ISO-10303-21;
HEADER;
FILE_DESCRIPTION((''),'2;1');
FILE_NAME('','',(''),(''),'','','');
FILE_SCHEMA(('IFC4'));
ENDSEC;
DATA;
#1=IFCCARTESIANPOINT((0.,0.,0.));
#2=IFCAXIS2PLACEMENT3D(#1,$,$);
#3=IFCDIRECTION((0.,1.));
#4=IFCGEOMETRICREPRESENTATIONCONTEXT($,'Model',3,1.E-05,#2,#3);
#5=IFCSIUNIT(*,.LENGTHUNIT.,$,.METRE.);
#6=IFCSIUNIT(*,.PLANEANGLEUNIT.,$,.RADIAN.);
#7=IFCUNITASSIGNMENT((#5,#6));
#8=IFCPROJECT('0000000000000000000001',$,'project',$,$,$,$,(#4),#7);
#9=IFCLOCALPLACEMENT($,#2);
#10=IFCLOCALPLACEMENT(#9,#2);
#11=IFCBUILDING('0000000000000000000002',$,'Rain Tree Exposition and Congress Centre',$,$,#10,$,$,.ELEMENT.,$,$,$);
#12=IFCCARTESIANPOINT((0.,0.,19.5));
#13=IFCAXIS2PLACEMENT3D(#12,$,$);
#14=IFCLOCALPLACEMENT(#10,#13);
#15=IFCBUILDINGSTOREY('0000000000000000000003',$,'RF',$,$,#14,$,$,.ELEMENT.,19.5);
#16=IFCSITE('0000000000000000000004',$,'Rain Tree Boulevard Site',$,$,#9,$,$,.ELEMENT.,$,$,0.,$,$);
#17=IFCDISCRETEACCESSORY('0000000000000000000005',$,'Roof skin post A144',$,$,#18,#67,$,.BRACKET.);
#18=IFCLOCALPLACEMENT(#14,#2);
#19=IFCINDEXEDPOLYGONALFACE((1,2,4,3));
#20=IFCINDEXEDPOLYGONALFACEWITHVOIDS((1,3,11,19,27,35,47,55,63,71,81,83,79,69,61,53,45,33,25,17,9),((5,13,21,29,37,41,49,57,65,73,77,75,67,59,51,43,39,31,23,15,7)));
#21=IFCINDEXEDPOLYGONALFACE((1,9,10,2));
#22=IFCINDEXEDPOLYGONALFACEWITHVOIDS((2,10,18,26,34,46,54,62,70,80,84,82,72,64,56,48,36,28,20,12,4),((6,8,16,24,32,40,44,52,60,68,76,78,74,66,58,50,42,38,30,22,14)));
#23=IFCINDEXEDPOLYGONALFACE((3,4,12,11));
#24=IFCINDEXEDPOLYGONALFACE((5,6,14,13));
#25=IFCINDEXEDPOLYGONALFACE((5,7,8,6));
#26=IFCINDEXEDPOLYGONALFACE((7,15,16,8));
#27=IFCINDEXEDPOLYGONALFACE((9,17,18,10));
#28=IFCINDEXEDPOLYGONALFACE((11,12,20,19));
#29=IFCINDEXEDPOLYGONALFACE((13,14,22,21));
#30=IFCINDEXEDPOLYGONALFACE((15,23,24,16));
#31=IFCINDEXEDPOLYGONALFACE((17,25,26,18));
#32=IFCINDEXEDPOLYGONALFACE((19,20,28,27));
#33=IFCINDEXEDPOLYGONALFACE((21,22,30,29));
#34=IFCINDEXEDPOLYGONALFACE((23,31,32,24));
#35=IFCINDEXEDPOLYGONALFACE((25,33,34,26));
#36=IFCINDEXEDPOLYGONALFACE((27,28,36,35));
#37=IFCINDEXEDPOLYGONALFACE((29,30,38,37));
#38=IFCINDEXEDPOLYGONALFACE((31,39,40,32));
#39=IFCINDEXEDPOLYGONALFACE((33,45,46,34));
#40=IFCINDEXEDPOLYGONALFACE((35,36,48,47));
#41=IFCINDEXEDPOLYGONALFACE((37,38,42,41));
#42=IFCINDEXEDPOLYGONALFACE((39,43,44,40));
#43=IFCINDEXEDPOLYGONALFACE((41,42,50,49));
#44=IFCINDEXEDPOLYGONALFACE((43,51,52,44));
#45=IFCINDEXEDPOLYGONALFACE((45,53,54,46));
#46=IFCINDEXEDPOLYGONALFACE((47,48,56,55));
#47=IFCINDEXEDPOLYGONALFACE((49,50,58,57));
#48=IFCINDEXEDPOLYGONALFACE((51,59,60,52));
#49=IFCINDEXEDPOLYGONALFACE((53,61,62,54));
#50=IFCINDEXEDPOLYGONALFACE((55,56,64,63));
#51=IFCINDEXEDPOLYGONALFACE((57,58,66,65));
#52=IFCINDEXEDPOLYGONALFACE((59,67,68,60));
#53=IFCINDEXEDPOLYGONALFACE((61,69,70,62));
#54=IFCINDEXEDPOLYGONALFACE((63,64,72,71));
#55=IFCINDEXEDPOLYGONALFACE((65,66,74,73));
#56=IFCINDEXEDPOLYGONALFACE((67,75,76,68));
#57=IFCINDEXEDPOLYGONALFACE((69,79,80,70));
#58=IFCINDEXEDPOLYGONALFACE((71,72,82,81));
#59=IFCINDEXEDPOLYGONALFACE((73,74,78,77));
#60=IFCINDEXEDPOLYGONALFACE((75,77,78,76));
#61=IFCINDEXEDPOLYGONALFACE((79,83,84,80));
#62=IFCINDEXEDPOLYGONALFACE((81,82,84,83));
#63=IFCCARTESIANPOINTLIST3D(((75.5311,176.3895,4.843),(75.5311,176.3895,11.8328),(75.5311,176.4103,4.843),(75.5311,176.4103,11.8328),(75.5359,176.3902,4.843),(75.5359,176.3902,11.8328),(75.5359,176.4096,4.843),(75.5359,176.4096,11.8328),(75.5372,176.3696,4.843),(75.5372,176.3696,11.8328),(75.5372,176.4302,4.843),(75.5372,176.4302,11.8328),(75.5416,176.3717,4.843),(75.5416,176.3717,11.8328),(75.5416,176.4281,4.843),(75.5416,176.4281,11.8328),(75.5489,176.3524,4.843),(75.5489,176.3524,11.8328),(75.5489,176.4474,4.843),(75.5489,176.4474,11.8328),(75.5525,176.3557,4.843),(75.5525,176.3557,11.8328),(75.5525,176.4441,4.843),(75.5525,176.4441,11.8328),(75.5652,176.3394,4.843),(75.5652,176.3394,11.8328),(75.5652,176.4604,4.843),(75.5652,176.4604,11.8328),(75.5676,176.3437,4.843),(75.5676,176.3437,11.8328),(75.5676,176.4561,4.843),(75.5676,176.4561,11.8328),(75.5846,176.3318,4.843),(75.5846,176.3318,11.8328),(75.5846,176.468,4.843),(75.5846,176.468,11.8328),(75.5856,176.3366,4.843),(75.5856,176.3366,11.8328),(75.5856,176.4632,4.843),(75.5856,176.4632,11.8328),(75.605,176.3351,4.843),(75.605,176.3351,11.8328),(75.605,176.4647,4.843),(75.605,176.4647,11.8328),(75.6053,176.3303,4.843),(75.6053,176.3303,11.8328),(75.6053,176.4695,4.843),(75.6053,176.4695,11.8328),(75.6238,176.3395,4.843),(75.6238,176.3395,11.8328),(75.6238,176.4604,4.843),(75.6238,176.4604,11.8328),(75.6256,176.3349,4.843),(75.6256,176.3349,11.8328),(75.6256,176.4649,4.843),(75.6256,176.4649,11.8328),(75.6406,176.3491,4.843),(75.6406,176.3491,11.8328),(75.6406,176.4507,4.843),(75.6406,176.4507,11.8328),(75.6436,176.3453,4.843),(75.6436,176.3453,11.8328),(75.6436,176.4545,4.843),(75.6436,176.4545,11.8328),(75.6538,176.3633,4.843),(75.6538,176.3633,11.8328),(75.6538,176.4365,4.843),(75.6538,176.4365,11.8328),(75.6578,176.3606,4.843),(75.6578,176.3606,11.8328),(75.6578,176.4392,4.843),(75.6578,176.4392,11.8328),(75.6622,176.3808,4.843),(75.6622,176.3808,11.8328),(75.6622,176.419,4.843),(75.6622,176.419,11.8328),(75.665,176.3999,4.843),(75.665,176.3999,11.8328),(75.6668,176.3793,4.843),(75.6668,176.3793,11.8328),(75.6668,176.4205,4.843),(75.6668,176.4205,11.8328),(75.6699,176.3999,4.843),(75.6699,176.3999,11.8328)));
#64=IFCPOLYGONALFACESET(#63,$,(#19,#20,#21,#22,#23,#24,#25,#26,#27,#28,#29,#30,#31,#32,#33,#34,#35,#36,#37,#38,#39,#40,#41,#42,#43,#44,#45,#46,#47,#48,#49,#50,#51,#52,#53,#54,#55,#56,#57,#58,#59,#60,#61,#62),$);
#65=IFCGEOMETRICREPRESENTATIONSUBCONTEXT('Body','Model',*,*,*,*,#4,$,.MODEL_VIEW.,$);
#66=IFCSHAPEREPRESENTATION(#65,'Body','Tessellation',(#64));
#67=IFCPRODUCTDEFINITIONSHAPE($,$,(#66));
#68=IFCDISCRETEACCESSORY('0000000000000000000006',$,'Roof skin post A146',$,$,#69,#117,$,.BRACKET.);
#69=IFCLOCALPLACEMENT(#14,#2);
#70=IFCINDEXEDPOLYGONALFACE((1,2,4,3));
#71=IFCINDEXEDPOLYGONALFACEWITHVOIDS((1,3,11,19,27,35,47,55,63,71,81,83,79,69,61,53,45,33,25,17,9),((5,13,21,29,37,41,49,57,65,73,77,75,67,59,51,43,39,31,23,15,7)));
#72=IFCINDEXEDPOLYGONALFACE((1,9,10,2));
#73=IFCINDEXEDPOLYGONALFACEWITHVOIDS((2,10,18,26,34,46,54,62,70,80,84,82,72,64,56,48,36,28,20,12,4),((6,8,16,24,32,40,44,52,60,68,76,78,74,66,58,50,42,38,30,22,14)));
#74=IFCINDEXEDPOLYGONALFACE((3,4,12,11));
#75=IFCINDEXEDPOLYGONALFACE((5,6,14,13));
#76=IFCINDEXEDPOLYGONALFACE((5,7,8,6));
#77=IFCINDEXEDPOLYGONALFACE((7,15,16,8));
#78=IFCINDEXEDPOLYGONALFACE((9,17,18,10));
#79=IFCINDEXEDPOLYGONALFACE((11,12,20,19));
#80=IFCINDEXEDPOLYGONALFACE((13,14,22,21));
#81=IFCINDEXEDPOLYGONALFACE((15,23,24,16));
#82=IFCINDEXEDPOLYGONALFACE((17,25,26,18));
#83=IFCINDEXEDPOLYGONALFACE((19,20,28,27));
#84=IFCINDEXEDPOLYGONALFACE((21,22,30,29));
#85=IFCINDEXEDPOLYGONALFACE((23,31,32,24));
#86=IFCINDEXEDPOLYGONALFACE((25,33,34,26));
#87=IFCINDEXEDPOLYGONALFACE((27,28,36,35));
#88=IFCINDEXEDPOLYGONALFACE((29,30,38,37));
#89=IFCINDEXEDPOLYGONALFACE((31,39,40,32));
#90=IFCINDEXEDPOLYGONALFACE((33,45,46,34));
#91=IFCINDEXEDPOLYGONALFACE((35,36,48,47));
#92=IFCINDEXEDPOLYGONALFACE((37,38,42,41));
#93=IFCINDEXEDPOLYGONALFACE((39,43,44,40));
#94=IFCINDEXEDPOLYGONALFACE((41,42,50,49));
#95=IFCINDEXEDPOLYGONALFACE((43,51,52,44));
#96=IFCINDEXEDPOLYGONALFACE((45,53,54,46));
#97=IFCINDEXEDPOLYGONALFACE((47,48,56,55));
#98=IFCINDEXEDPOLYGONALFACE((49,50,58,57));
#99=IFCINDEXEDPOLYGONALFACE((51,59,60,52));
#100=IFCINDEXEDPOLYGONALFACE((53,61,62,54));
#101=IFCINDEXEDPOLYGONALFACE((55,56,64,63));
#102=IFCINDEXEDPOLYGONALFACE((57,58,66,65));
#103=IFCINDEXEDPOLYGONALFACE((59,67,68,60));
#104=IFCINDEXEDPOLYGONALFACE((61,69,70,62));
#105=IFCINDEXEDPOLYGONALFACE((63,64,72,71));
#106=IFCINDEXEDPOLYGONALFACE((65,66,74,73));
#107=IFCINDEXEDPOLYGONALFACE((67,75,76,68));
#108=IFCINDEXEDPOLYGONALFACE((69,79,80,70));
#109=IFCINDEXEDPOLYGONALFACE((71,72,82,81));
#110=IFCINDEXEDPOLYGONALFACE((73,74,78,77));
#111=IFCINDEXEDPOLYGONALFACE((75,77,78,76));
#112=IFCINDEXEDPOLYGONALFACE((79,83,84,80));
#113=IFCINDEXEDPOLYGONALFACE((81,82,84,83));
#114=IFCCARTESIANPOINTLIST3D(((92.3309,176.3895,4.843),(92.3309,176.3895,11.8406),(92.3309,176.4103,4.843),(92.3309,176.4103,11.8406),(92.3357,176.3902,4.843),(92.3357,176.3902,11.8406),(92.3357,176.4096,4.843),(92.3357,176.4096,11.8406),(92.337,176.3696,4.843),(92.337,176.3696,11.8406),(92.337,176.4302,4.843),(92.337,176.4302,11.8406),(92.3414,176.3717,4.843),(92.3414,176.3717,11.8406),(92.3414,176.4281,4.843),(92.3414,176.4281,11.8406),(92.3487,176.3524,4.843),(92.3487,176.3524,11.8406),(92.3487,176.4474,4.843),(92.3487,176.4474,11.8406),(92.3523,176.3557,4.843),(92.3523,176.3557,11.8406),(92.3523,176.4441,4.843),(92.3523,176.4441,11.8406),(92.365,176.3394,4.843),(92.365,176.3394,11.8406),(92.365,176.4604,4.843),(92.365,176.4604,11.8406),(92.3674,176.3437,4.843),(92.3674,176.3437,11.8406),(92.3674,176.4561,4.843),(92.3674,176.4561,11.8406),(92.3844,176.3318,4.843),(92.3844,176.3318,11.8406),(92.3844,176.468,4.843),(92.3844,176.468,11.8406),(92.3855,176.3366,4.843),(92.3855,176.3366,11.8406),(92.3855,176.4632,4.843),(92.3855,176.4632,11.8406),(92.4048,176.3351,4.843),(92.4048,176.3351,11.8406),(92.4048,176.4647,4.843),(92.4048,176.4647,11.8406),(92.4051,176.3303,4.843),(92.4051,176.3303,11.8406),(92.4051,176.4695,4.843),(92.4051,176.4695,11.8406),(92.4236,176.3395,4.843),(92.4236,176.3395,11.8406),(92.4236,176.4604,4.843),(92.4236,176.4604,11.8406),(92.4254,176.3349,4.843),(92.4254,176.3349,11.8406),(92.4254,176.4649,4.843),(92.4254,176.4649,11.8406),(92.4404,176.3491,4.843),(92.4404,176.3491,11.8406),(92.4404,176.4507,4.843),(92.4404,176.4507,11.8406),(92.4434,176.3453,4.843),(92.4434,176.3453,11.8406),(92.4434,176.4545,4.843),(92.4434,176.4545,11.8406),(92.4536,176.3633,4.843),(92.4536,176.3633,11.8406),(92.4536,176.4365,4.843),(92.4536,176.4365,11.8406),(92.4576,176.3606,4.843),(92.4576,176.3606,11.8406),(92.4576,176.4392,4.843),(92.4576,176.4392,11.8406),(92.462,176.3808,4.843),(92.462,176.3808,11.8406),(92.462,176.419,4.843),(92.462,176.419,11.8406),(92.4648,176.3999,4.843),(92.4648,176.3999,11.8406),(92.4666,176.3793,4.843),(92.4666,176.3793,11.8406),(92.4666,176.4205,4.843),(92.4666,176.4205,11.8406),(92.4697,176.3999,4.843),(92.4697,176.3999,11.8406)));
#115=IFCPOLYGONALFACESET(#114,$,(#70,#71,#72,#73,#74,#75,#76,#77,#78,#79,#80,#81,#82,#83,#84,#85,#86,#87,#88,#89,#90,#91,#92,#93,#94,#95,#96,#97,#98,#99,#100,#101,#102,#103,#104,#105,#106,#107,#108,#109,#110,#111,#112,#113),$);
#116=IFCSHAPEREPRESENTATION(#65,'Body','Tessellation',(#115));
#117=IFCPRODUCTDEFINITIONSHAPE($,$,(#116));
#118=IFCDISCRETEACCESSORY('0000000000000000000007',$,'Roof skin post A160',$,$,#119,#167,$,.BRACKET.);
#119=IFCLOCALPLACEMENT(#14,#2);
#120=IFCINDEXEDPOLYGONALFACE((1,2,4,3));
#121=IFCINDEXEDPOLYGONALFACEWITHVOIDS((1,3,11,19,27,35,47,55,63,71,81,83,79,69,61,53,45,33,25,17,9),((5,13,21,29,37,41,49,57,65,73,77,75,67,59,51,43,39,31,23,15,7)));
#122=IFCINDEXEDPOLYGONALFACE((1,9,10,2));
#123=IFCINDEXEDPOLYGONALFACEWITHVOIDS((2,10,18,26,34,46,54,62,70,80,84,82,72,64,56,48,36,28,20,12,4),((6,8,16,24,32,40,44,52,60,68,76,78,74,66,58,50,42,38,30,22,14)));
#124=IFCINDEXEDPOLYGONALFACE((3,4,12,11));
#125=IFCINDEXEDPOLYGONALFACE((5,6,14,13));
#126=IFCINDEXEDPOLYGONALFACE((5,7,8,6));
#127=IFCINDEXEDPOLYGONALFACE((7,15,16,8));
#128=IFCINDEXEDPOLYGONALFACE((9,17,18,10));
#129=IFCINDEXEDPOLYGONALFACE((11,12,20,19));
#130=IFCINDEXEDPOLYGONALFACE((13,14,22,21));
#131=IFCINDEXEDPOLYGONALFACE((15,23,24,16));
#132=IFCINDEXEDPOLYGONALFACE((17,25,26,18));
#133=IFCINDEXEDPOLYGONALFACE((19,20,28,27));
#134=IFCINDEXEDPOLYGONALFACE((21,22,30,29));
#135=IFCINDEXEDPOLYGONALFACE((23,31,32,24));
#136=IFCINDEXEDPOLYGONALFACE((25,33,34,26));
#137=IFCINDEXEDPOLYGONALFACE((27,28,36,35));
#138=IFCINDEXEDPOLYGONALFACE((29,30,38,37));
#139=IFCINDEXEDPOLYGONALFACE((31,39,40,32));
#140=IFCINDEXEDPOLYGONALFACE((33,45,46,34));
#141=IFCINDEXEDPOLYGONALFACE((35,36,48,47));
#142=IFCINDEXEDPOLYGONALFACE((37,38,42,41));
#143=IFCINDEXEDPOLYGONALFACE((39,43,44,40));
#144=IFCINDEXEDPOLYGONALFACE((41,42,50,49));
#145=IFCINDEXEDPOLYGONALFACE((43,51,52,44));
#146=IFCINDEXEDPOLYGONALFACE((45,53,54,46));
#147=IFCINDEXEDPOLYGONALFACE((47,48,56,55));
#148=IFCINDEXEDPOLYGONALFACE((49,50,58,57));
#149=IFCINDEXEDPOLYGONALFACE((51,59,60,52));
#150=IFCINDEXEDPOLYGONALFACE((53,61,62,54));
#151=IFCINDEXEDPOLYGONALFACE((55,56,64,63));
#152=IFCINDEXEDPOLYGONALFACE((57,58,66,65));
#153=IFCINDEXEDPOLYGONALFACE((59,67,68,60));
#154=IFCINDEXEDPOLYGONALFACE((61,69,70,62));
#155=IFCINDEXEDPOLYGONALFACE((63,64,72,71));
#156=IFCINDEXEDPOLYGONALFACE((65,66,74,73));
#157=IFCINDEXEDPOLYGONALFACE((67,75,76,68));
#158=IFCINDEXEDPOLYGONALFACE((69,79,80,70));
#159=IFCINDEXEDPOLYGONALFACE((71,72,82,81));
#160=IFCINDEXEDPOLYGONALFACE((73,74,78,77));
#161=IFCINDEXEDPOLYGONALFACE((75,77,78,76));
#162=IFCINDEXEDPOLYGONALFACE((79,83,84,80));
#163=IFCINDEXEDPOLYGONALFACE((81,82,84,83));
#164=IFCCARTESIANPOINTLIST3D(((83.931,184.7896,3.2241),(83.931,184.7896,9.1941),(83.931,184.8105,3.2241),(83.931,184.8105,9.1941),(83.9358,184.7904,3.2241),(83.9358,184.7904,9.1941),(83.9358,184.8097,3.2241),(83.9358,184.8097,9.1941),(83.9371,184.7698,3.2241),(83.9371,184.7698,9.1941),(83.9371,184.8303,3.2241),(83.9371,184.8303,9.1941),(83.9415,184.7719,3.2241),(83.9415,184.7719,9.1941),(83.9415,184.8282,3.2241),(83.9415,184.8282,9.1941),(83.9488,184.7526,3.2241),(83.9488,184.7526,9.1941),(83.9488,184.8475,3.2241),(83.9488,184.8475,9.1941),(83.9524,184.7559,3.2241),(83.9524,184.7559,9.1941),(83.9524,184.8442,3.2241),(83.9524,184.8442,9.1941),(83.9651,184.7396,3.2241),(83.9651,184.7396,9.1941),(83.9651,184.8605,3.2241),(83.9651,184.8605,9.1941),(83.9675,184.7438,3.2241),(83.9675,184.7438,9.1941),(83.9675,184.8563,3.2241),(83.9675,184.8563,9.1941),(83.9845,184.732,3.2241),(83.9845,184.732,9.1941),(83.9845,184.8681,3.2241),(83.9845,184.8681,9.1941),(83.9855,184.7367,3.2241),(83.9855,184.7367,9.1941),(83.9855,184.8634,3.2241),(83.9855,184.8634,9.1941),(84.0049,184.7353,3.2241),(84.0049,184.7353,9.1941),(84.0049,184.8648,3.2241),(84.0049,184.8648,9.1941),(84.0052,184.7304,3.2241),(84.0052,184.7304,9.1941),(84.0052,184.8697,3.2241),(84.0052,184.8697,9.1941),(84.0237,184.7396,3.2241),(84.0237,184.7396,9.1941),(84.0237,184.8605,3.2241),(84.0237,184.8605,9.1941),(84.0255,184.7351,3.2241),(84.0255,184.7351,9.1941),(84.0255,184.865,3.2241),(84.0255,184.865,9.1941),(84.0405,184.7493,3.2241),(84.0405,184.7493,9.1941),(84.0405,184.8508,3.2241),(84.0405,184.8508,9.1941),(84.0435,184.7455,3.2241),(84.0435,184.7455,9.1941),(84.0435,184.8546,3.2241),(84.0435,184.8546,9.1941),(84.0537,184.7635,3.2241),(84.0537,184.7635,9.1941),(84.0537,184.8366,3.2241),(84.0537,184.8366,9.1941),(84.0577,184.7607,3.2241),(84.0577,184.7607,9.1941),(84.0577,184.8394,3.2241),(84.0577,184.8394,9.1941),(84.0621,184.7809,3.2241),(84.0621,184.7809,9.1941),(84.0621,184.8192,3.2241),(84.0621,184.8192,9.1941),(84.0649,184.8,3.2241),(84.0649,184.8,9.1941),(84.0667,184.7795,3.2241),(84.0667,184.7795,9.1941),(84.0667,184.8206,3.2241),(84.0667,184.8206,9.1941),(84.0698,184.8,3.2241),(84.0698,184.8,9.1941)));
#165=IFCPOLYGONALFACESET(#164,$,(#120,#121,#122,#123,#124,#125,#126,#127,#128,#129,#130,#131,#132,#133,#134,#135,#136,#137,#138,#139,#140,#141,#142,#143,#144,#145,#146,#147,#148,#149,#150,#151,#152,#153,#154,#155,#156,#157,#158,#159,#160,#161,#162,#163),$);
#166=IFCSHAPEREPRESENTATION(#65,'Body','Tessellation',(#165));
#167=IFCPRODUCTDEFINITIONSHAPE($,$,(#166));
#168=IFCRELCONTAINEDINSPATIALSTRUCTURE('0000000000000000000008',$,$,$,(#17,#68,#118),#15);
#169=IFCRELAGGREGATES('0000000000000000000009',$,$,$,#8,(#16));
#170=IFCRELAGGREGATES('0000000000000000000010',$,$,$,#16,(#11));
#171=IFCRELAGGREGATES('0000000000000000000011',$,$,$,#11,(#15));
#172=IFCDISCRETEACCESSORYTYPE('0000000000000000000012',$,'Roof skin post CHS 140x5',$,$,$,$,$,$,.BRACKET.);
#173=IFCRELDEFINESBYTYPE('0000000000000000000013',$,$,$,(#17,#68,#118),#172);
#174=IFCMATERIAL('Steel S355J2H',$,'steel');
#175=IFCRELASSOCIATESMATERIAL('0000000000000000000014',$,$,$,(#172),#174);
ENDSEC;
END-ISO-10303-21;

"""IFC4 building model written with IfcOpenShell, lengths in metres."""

from ifc_helpers import new_model, si_unit, direction, frame, origin, origin_2d, place, context, subcontext, project, spatial, hollow_circle, extrude, material, material_profile, profile_set, type_object, element, save


model = new_model("IFC4")

# Units and contexts
model_context = context("Model", 3, precision=1e-05, world=origin(), true_north=direction((0.0, 1.0)))
body_context = subcontext(model_context, "Body", "Model", "MODEL_VIEW")
ifc_project = project(units=[si_unit("LENGTHUNIT", "METRE"), si_unit("PLANEANGLEUNIT", "RADIAN")], contexts=[model_context])

# Site, building, storey
site_placement = place(None, origin())
site = spatial("IfcSite", under=ifc_project, at=site_placement, Name="Rain Tree Boulevard Site", CompositionType="ELEMENT", RefElevation=0.0)
building_placement = place(site_placement, origin())
building = spatial("IfcBuilding", under=site, at=building_placement, Name="Rain Tree Exposition and Congress Centre", CompositionType="ELEMENT")
storey_placement = place(building_placement, frame((0.0, 0.0, 19.5)))
storey = spatial("IfcBuildingStorey", under=building, at=storey_placement, Name="RF", CompositionType="ELEMENT", Elevation=19.5)

# Discrete accessories
ifc_material_1 = material(Name="Steel S355J2H", Category="steel")
ifc_material_profile_1 = material_profile(ifc_material_1, hollow_circle(Radius=0.0698, WallThickness=0.0049, at=origin_2d()), Name="CHS 140x5")
ifc_profile_set_1 = profile_set([ifc_material_profile_1], Name="Steel S355J2H")
discrete_accessory_type_1 = type_object("IfcDiscreteAccessoryType", Name="Roof skin post CHS 140x5", PredefinedType="BRACKET", material=ifc_profile_set_1)
discrete_accessory_1_placement = place(storey_placement, frame((75.6001, 176.3999, 4.843), z_axis=(0.0, 0.0, 1.0), x_axis=(1.0, 0.0, 0.0)))
element("IfcDiscreteAccessory", 1, at=discrete_accessory_1_placement, inside=storey, type_object=discrete_accessory_type_1, Name="Roof skin post A144", PredefinedType="BRACKET", context=body_context, shape_type="SweptSolid", body=[
    extrude(hollow_circle(Radius=0.0698, WallThickness=0.0049, at=origin_2d()), origin(), (0.0, 0.0, 1.0), 6.9897),
])
discrete_accessory_2_placement = place(storey_placement, frame((92.3999, 176.3999, 4.843), z_axis=(0.0, 0.0, 1.0), x_axis=(1.0, 0.0, 0.0)))
element("IfcDiscreteAccessory", 2, at=discrete_accessory_2_placement, inside=storey, type_object=discrete_accessory_type_1, Name="Roof skin post A146", PredefinedType="BRACKET", context=body_context, shape_type="SweptSolid", body=[
    extrude(hollow_circle(Radius=0.0698, WallThickness=0.0049, at=origin_2d()), origin(), (0.0, 0.0, 1.0), 6.9976),
])
discrete_accessory_3_placement = place(storey_placement, frame((84.0, 184.8, 3.2241), z_axis=(0.0, 0.0, 1.0), x_axis=(1.0, 0.0, 0.0)))
element("IfcDiscreteAccessory", 3, at=discrete_accessory_3_placement, inside=storey, type_object=discrete_accessory_type_1, Name="Roof skin post A160", PredefinedType="BRACKET", context=body_context, shape_type="SweptSolid", body=[
    extrude(hollow_circle(Radius=0.0698, WallThickness=0.0049, at=origin_2d()), origin(), (0.0, 0.0, 1.0), 5.97),
])

save(model, "model.ifc")
